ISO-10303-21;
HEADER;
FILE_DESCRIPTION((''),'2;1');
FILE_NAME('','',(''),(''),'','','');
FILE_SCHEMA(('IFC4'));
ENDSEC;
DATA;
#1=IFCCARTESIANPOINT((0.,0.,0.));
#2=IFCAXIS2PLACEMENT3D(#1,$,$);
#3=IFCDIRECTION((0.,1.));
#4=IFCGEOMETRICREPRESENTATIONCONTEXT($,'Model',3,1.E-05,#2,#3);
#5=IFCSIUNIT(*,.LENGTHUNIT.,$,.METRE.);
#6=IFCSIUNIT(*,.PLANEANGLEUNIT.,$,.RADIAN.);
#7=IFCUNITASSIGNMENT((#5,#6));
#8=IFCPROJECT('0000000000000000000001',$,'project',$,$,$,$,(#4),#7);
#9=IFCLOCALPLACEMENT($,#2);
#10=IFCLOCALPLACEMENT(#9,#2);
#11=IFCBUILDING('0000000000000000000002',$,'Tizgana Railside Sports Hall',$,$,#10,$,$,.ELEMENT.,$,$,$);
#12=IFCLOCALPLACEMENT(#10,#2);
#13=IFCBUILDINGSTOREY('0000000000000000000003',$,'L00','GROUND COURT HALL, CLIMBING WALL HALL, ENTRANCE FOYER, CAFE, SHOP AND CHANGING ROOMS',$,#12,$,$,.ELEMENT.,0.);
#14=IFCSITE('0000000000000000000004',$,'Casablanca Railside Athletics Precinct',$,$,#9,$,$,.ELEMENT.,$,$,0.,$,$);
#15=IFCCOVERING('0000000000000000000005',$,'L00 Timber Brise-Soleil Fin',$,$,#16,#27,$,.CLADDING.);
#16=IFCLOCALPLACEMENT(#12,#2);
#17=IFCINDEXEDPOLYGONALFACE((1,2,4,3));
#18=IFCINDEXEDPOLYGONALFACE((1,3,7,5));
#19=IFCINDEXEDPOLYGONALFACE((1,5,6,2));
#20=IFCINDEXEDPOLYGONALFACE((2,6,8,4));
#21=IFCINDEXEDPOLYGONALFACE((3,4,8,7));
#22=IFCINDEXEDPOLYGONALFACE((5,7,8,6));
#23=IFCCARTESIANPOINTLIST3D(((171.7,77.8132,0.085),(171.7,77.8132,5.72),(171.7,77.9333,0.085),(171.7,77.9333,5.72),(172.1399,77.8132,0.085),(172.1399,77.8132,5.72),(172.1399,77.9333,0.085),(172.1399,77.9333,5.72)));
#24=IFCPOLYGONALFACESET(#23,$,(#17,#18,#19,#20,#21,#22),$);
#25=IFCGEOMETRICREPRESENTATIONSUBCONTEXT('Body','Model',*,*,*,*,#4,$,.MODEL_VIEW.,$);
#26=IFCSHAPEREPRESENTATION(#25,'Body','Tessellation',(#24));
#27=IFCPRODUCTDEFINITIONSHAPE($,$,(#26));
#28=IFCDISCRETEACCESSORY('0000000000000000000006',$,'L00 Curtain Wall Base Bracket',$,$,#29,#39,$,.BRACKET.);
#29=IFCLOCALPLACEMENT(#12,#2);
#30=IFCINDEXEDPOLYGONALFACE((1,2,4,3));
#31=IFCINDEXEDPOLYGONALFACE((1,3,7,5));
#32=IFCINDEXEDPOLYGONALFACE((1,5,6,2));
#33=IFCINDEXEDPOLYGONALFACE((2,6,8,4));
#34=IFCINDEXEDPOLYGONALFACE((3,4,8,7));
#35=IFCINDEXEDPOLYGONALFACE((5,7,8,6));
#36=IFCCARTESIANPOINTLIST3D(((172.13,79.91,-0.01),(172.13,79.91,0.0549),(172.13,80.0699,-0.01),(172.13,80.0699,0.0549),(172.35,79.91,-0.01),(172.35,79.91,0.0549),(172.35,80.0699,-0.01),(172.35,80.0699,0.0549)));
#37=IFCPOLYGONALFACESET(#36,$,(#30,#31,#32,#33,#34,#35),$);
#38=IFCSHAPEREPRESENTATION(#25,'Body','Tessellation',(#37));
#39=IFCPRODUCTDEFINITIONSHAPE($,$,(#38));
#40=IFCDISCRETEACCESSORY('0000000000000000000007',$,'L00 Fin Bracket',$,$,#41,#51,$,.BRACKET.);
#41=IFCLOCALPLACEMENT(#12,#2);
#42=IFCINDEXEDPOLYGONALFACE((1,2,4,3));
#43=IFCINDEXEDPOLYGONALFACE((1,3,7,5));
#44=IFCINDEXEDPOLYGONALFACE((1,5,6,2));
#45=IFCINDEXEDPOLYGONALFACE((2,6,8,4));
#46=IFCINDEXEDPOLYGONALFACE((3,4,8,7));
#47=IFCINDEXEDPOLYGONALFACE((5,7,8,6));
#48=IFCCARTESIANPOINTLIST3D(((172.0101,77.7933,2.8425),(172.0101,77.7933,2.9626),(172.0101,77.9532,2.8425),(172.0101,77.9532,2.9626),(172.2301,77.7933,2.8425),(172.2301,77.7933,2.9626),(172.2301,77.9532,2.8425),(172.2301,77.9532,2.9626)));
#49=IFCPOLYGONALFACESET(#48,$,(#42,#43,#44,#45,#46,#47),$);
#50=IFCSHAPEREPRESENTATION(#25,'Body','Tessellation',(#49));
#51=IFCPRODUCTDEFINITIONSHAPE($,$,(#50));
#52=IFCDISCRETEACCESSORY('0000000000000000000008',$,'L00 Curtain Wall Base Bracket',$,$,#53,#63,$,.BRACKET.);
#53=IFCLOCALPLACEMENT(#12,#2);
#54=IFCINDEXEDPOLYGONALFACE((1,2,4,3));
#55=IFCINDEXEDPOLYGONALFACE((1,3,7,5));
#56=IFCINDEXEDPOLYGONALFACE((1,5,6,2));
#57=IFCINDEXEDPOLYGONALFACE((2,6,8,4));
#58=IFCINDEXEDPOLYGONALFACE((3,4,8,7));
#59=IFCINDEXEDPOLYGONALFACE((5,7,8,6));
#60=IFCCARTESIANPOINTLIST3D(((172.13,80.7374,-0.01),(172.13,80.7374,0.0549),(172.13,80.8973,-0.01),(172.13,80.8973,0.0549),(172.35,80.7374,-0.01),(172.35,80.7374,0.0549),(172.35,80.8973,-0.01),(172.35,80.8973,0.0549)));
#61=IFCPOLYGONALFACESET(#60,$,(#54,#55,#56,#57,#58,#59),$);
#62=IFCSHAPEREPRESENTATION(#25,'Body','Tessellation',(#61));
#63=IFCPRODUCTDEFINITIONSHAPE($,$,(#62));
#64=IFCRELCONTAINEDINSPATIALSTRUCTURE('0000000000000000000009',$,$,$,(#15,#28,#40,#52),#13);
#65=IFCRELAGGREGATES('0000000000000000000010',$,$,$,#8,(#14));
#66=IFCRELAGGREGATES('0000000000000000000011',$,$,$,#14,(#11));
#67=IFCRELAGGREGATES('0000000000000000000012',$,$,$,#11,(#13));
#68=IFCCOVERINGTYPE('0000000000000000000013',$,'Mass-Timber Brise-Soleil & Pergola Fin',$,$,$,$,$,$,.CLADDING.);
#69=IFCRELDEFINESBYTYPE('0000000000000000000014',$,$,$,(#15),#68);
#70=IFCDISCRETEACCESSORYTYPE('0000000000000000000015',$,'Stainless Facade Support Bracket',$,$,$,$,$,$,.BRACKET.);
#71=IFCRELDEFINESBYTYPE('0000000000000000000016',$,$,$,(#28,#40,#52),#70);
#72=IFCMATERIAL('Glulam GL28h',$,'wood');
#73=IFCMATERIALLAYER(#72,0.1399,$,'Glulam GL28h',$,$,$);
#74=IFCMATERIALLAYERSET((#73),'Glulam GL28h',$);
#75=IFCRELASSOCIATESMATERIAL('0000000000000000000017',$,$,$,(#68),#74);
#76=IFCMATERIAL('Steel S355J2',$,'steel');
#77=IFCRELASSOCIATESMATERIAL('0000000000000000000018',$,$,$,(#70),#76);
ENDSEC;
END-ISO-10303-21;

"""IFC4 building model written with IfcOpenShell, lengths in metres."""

from ifc_helpers import new_model, si_unit, direction, frame, origin, origin_2d, place, context, subcontext, project, spatial, rectangle, extrude, material, layer, layer_set, type_object, element, save


model = new_model("IFC4")

# Units and contexts
model_context = context("Model", 3, precision=1e-05, world=origin(), true_north=direction((0.0, 1.0)))
body_context = subcontext(model_context, "Body", "Model", "MODEL_VIEW")
ifc_project = project(units=[si_unit("LENGTHUNIT", "METRE"), si_unit("PLANEANGLEUNIT", "RADIAN")], contexts=[model_context])

# Site, building, storey
site_placement = place(None, origin())
site = spatial("IfcSite", under=ifc_project, at=site_placement, Name="Casablanca Railside Athletics Precinct", CompositionType="ELEMENT", RefElevation=0.0)
building_placement = place(site_placement, origin())
building = spatial("IfcBuilding", under=site, at=building_placement, Name="Tizgana Railside Sports Hall", CompositionType="ELEMENT")
storey_placement = place(building_placement, origin())
storey = spatial("IfcBuildingStorey", under=building, at=storey_placement, Name="L00", Description="GROUND COURT HALL, CLIMBING WALL HALL, ENTRANCE FOYER, CAFE, SHOP AND CHANGING ROOMS", CompositionType="ELEMENT", Elevation=0.0)

# Shared definitions
ifc_material_1 = material(Name="Steel S355J2", Category="steel")

# Covering
ifc_material_2 = material(Name="Glulam GL28h", Category="wood")
ifc_layer_1 = layer(ifc_material_2, 0.1399, Name="Glulam GL28h")
ifc_layer_set_1 = layer_set([ifc_layer_1], Name="Glulam GL28h")
covering_type = type_object("IfcCoveringType", Name="Mass-Timber Brise-Soleil & Pergola Fin", PredefinedType="CLADDING", material=ifc_layer_set_1)
covering_placement = place(storey_placement, frame((171.9199, 77.8733, 0.085), z_axis=(0.0, 0.0, 1.0), x_axis=(0.0, 1.0, 0.0)))
element("IfcCovering", 1, at=covering_placement, inside=storey, type_object=covering_type, Name="L00 Timber Brise-Soleil Fin", PredefinedType="CLADDING", context=body_context, shape_type="SweptSolid", body=[
    extrude(rectangle(XDim=0.1201, YDim=0.4399, at=origin_2d()), origin(), (0.0, 0.0, 1.0), 5.635),
])

# Discrete accessories
discrete_accessory_type = type_object("IfcDiscreteAccessoryType", Name="Stainless Facade Support Bracket", PredefinedType="BRACKET", material=ifc_material_1)
discrete_accessory_1_placement = place(storey_placement, frame((172.24, 79.99, -0.01), z_axis=(0.0, 0.0, 1.0), x_axis=(0.0, 1.0, 0.0)))
element("IfcDiscreteAccessory", 2, at=discrete_accessory_1_placement, inside=storey, type_object=discrete_accessory_type, Name="L00 Curtain Wall Base Bracket", PredefinedType="BRACKET", context=body_context, shape_type="SweptSolid", body=[
    extrude(rectangle(XDim=0.1599, YDim=0.22, at=origin_2d()), origin(), (0.0, 0.0, 1.0), 0.0649),
])
discrete_accessory_2_placement = place(storey_placement, frame((172.1201, 77.8733, 2.8425), z_axis=(0.0, 0.0, 1.0), x_axis=(0.0, 1.0, 0.0)))
element("IfcDiscreteAccessory", 3, at=discrete_accessory_2_placement, inside=storey, type_object=discrete_accessory_type, Name="L00 Fin Bracket", PredefinedType="BRACKET", context=body_context, shape_type="SweptSolid", body=[
    extrude(rectangle(XDim=0.1599, YDim=0.22, at=origin_2d()), origin(), (0.0, 0.0, 1.0), 0.1201),
])
discrete_accessory_3_placement = place(storey_placement, frame((172.24, 80.8174, -0.01), z_axis=(0.0, 0.0, 1.0), x_axis=(0.0, 1.0, 0.0)))
element("IfcDiscreteAccessory", 4, at=discrete_accessory_3_placement, inside=storey, type_object=discrete_accessory_type, Name="L00 Curtain Wall Base Bracket", PredefinedType="BRACKET", context=body_context, shape_type="SweptSolid", body=[
    extrude(rectangle(XDim=0.1599, YDim=0.22, at=origin_2d()), origin(), (0.0, 0.0, 1.0), 0.0649),
])

save(model, "model.ifc")
